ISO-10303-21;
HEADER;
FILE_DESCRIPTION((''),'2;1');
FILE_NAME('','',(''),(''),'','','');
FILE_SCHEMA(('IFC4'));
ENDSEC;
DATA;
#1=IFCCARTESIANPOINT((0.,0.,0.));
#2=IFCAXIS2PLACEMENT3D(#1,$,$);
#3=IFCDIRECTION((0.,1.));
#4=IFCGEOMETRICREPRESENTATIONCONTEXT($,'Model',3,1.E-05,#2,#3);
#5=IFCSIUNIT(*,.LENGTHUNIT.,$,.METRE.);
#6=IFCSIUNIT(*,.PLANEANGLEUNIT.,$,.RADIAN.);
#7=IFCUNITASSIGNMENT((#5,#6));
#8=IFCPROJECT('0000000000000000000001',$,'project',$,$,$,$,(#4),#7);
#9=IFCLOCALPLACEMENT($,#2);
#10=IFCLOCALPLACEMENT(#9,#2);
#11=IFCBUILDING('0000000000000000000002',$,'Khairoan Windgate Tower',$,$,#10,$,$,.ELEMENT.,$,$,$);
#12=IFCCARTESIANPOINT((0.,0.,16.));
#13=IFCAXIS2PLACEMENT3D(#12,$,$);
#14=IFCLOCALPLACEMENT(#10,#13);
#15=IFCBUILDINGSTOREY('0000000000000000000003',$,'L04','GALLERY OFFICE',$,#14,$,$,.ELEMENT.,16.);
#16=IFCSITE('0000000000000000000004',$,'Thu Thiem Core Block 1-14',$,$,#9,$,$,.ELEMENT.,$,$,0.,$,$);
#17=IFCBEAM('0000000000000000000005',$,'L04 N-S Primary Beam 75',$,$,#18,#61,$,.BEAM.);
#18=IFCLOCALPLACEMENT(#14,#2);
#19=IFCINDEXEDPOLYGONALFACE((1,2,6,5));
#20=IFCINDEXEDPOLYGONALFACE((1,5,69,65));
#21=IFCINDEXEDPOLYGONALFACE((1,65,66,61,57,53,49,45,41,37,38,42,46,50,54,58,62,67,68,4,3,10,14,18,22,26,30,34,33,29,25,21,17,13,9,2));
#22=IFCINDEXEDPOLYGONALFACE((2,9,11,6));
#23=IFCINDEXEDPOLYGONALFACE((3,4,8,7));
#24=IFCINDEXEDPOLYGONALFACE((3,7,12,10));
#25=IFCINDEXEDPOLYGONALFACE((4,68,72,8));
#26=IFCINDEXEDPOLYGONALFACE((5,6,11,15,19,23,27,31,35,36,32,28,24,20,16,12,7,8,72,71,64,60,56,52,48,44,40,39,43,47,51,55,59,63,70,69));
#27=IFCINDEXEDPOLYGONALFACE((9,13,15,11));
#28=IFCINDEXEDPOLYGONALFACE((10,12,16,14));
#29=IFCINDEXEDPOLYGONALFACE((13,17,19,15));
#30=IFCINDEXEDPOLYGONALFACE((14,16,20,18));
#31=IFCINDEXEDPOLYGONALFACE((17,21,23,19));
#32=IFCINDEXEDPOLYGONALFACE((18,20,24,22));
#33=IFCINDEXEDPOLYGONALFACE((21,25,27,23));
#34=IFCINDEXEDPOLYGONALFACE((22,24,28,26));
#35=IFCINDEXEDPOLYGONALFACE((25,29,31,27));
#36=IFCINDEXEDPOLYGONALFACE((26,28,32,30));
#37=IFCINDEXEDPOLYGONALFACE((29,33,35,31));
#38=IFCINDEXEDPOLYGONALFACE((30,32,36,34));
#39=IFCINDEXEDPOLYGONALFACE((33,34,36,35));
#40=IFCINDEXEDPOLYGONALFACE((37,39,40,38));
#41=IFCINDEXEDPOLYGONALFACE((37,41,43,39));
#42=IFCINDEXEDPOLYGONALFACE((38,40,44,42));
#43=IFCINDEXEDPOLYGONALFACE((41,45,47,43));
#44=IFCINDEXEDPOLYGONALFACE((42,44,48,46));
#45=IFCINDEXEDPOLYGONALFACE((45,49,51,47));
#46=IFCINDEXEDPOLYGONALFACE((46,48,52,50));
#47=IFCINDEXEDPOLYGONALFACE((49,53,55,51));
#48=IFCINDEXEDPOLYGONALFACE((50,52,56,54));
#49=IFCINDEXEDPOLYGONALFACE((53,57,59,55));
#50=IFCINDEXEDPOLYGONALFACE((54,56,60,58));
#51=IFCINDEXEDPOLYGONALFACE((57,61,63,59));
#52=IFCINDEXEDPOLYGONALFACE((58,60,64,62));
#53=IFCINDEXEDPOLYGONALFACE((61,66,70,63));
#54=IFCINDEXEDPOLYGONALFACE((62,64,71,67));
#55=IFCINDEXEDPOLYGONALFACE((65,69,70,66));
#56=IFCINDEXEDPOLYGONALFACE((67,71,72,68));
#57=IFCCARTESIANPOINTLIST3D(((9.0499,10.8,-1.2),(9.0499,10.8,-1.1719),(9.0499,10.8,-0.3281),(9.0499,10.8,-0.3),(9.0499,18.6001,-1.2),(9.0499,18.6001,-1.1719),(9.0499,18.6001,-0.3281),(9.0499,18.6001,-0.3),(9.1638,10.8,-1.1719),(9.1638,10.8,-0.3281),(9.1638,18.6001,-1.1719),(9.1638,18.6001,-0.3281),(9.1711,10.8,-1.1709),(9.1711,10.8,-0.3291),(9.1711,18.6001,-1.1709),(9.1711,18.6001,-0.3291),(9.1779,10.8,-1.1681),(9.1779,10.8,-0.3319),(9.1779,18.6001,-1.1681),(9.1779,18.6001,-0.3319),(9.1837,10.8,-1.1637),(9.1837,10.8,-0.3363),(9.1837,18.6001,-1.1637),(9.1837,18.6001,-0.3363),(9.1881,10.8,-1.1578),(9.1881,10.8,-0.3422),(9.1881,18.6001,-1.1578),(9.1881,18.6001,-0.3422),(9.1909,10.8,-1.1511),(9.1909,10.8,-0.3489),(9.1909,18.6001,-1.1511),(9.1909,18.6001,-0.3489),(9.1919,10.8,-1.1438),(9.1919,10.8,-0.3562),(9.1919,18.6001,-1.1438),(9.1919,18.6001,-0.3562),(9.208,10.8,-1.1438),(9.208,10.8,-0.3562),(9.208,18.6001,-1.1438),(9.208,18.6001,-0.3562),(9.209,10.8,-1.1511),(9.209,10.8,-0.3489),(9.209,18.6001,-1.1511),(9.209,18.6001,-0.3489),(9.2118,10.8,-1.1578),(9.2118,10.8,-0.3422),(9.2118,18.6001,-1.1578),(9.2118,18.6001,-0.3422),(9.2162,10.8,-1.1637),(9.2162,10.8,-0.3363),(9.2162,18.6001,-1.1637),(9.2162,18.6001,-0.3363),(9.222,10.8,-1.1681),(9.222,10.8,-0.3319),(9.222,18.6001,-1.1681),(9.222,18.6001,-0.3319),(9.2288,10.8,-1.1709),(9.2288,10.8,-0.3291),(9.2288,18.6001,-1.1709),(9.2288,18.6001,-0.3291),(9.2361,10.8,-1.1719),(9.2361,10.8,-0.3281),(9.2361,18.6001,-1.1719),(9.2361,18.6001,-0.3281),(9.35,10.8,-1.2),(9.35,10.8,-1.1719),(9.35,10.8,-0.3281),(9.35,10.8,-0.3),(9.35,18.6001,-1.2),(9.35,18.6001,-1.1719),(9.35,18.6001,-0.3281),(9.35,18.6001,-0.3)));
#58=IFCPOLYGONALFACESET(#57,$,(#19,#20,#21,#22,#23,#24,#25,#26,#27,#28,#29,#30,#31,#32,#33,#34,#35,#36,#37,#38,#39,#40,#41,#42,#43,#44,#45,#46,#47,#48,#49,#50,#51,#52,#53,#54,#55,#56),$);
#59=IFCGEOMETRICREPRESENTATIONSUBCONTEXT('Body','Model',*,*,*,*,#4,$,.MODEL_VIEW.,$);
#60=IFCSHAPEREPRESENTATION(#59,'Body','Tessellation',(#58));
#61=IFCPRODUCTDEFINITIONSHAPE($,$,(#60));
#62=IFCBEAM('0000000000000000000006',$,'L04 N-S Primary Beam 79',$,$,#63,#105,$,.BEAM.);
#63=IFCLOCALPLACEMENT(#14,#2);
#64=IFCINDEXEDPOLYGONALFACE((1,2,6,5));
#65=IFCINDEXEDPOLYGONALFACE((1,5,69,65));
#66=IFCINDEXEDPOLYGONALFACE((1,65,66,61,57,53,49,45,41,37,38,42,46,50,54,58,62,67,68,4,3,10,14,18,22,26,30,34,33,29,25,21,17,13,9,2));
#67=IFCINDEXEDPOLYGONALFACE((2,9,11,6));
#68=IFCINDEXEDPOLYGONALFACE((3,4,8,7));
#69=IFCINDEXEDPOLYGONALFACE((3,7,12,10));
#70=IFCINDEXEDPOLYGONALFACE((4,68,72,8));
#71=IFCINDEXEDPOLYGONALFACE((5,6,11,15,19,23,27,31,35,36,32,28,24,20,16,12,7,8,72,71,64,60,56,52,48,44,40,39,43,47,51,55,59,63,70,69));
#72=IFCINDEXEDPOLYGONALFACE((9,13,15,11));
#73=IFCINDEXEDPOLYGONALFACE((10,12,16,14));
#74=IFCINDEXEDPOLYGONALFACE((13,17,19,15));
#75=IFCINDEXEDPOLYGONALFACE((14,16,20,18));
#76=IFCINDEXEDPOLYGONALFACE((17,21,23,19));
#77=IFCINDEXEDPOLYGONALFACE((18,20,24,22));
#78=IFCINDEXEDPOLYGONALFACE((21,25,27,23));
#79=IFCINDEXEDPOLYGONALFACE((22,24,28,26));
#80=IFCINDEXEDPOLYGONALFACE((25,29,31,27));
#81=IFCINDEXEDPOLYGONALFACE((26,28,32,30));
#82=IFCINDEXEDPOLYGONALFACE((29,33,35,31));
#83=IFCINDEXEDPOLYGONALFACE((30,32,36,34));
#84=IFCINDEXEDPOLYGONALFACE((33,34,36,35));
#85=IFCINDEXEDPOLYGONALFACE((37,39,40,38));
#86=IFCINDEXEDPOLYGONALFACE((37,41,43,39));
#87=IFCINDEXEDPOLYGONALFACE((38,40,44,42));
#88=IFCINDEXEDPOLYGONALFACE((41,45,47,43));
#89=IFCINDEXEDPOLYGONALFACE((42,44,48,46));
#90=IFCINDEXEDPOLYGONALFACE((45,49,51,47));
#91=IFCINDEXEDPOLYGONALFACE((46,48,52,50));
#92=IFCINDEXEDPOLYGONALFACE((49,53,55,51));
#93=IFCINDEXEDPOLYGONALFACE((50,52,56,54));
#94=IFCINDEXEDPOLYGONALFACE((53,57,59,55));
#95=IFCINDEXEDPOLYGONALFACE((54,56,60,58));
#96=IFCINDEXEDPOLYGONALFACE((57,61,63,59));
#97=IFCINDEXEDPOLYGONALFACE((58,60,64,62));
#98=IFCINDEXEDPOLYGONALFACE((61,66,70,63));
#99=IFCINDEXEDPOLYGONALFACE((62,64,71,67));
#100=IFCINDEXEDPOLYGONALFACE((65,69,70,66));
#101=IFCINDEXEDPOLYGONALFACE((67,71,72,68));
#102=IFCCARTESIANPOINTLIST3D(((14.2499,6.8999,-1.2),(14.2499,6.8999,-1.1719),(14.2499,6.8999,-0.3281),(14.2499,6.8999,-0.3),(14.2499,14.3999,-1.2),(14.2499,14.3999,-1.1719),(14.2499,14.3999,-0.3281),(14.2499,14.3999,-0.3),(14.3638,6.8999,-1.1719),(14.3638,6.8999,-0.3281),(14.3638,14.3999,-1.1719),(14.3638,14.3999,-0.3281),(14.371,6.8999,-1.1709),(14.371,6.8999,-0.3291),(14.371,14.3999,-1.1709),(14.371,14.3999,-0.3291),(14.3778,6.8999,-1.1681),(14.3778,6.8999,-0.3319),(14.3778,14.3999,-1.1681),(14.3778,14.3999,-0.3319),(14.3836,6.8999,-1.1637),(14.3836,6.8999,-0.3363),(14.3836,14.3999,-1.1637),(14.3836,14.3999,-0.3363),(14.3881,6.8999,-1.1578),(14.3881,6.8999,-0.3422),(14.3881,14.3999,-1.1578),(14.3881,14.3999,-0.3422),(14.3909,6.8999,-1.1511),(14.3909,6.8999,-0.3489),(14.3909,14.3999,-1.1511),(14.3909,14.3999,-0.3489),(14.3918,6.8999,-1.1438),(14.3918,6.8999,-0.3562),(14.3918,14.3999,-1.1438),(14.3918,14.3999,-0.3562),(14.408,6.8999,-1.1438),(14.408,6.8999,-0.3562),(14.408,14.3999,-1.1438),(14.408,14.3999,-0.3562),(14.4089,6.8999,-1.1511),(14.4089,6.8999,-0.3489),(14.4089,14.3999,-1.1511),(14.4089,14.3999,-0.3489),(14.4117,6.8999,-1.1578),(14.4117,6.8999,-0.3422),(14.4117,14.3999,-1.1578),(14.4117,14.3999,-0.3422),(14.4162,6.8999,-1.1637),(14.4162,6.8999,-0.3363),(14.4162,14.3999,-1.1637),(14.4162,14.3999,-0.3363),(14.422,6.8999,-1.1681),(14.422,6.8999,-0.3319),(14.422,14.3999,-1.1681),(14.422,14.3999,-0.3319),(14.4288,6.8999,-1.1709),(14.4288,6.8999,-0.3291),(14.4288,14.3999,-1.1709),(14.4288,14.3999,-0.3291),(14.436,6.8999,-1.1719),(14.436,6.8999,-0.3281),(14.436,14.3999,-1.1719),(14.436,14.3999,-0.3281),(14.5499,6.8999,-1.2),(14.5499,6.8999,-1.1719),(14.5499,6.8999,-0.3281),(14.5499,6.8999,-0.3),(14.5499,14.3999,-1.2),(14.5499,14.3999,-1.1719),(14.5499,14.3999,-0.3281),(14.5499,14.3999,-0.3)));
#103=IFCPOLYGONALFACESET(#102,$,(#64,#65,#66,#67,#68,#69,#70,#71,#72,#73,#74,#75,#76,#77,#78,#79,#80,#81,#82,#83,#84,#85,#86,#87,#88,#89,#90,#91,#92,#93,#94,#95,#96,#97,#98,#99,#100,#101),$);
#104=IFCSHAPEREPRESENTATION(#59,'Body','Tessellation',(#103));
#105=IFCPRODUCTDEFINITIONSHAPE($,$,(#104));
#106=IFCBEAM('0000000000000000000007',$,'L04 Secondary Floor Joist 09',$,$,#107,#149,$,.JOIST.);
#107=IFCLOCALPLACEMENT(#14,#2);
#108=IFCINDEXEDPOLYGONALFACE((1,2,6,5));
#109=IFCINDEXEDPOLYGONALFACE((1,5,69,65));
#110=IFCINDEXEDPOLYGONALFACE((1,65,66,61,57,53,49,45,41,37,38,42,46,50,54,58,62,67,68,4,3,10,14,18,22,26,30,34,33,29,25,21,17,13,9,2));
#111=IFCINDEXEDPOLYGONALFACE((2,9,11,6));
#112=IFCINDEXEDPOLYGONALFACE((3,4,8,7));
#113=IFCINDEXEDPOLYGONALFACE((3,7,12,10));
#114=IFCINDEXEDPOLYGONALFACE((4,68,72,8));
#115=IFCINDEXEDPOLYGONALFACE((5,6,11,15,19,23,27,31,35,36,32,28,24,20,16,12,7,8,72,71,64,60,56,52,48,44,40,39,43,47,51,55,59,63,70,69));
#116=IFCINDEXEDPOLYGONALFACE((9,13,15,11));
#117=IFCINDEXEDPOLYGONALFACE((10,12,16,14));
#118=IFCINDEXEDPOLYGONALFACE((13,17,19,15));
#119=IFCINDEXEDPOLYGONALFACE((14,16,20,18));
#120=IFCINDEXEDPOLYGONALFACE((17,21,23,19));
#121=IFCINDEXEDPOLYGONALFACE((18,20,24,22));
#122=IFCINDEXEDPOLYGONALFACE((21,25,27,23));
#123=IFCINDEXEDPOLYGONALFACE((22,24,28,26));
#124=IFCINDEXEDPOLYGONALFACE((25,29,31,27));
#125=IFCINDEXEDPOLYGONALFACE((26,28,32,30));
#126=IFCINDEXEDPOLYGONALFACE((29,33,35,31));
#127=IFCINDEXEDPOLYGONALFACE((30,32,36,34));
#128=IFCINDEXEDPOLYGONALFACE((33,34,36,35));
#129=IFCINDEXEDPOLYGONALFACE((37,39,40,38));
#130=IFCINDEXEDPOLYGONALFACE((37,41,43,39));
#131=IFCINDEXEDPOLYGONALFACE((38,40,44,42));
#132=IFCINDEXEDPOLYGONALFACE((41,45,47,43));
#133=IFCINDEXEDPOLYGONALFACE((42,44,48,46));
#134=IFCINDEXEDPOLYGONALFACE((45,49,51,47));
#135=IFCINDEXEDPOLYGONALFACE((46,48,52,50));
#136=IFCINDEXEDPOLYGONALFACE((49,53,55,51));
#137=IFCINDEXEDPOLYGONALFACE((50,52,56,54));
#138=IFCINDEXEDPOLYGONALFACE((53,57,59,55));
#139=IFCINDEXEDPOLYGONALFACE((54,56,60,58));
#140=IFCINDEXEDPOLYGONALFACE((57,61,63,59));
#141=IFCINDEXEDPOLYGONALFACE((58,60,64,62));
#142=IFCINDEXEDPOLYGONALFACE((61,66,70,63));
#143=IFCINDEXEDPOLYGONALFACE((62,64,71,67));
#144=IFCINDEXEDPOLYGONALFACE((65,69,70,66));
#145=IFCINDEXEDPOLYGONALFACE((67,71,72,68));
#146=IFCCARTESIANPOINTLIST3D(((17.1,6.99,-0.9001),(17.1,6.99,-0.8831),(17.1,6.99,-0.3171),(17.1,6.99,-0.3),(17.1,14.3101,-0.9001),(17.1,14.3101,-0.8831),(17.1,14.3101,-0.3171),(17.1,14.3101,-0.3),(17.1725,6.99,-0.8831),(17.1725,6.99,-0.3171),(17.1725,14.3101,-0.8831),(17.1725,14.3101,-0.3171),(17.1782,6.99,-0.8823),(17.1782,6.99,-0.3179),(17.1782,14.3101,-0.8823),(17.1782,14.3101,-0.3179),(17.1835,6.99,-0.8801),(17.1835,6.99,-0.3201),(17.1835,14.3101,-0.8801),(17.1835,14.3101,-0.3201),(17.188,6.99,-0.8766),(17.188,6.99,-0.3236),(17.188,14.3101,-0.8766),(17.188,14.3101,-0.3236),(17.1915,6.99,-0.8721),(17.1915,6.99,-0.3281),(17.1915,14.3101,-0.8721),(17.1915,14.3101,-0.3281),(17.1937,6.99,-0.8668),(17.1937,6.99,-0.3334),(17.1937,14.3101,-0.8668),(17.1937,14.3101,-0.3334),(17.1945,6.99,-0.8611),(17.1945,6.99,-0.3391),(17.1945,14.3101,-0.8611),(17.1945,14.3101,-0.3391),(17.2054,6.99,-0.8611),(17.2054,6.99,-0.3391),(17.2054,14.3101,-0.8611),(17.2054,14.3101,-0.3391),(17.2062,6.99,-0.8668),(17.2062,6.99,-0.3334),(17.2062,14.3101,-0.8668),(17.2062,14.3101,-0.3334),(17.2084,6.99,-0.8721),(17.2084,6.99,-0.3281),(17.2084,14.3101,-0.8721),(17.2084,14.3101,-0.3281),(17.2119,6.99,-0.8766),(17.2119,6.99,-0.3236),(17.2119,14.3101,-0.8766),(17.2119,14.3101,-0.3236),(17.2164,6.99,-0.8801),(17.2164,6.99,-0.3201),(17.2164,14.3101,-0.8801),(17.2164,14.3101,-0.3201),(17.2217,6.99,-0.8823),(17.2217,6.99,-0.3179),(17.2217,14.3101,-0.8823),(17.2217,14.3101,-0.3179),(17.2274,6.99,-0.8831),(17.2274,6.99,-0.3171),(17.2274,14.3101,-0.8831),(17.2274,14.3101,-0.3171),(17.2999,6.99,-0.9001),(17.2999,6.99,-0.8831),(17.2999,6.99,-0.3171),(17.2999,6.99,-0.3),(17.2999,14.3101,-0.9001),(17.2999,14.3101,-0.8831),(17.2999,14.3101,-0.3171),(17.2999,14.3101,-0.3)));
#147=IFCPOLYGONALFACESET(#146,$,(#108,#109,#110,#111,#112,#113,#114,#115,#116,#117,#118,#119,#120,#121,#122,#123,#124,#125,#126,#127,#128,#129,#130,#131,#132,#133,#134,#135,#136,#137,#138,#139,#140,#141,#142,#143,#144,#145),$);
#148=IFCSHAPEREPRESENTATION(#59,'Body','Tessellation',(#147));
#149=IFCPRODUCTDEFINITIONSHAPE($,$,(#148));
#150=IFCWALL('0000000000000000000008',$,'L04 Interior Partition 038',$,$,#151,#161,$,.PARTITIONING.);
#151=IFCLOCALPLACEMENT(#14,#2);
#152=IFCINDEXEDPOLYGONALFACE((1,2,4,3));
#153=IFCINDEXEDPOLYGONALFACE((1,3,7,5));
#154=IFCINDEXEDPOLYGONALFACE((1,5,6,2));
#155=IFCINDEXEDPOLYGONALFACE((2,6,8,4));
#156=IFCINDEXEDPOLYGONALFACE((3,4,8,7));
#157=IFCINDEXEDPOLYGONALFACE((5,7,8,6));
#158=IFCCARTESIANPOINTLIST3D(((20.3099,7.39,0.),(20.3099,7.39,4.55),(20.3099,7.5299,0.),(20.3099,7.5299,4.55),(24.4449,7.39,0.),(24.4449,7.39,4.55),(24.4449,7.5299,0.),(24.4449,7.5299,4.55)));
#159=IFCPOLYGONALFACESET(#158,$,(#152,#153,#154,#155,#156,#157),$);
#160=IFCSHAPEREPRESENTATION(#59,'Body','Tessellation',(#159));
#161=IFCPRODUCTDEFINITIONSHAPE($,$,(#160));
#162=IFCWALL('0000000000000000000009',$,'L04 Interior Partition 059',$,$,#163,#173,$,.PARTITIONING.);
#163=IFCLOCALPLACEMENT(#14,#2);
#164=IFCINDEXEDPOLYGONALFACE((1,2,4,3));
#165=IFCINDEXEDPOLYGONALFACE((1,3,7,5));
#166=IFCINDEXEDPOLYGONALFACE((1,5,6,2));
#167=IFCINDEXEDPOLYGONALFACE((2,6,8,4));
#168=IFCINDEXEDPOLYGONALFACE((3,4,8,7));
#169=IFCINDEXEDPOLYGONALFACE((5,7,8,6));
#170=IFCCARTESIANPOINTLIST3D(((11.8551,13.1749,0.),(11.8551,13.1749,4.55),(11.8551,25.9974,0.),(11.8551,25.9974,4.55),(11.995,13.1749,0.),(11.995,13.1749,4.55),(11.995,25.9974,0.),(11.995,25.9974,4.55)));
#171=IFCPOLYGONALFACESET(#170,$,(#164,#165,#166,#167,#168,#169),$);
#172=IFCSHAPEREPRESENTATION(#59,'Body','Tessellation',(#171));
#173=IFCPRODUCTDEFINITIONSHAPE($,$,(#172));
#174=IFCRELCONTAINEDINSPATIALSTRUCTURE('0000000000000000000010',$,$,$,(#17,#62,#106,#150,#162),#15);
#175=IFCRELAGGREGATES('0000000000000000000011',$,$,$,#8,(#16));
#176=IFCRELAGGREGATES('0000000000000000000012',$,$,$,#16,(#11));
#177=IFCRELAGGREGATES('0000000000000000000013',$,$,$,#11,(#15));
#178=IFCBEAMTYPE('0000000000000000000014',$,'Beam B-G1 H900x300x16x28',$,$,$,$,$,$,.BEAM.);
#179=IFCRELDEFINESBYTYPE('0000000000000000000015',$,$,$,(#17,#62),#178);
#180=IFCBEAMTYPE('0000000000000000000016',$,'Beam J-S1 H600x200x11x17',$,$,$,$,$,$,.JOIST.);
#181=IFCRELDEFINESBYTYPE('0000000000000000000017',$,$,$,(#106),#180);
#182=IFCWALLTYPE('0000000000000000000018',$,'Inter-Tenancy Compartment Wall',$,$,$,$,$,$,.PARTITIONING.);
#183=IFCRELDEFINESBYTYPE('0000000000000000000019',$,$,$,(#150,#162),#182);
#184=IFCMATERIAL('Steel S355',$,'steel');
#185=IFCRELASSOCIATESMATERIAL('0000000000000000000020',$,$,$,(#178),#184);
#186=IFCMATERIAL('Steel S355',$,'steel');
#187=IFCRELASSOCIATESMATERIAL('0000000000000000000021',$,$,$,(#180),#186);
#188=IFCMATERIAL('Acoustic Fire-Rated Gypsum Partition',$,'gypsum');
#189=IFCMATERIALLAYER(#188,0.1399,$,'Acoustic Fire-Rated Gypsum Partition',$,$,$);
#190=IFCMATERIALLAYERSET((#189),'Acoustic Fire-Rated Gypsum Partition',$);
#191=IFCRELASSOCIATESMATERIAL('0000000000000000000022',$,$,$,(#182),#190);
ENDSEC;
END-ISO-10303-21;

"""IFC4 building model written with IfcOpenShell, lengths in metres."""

from ifc_helpers import new_model, si_unit, direction, frame, frame_2d, origin, origin_2d, place, context, subcontext, project, spatial, rectangle, i_section, extrude, material, layer, layer_set, material_profile, profile_set, type_object, element, save


model = new_model("IFC4")

# Units and contexts
model_context = context("Model", 3, precision=1e-05, world=origin(), true_north=direction((0.0, 1.0)))
body_context = subcontext(model_context, "Body", "Model", "MODEL_VIEW")
ifc_project = project(units=[si_unit("LENGTHUNIT", "METRE"), si_unit("PLANEANGLEUNIT", "RADIAN")], contexts=[model_context])

# Site, building, storey
site_placement = place(None, origin())
site = spatial("IfcSite", under=ifc_project, at=site_placement, Name="Thu Thiem Core Block 1-14", CompositionType="ELEMENT", RefElevation=0.0)
building_placement = place(site_placement, origin())
building = spatial("IfcBuilding", under=site, at=building_placement, Name="Khairoan Windgate Tower", CompositionType="ELEMENT")
storey_placement = place(building_placement, frame((0.0, 0.0, 16.0)))
storey = spatial("IfcBuildingStorey", under=building, at=storey_placement, Name="L04", Description="GALLERY OFFICE", CompositionType="ELEMENT", Elevation=16.0)

# Beams
ifc_material_1 = material(Name="Steel S355", Category="steel")
ifc_material_profile_1 = material_profile(ifc_material_1, i_section(OverallWidth=0.3, OverallDepth=0.8999, WebThickness=0.0161, FlangeThickness=0.0281, FilletRadius=0.0281, at=origin_2d()))
ifc_profile_set_1 = profile_set([ifc_material_profile_1], Name="Steel S355")
beam_type_1 = type_object("IfcBeamType", Name="Beam B-G1 H900x300x16x28", PredefinedType="BEAM", material=ifc_profile_set_1)
beam_1_placement = place(storey_placement, frame((9.2, 10.8, -0.75), z_axis=(0.0, 1.0, 0.0), x_axis=(-1.0, 0.0, 0.0)))
element("IfcBeam", 1, at=beam_1_placement, inside=storey, type_object=beam_type_1, Name="L04 N-S Primary Beam 75", PredefinedType="BEAM", context=body_context, shape_type="SweptSolid", body=[
    extrude(i_section(OverallWidth=0.3, OverallDepth=0.8999, WebThickness=0.0161, FlangeThickness=0.0281, FilletRadius=0.0281, at=origin_2d()), origin(), (0.0, 0.0, 1.0), 7.8),
])
beam_2_placement = place(storey_placement, frame((14.3999, 6.8999, -0.75), z_axis=(0.0, 1.0, 0.0), x_axis=(-1.0, 0.0, 0.0)))
element("IfcBeam", 2, at=beam_2_placement, inside=storey, type_object=beam_type_1, Name="L04 N-S Primary Beam 79", PredefinedType="BEAM", context=body_context, shape_type="SweptSolid", body=[
    extrude(i_section(OverallWidth=0.3, OverallDepth=0.8999, WebThickness=0.0161, FlangeThickness=0.0281, FilletRadius=0.0281, at=origin_2d()), origin(), (0.0, 0.0, 1.0), 7.5),
])
ifc_material_2 = material(Name="Steel S355", Category="steel")
ifc_material_profile_2 = material_profile(ifc_material_2, i_section(OverallWidth=0.2, OverallDepth=0.6001, WebThickness=0.011, FlangeThickness=0.0171, FilletRadius=0.022, at=origin_2d()))
ifc_profile_set_2 = profile_set([ifc_material_profile_2], Name="Steel S355")
beam_type_2 = type_object("IfcBeamType", Name="Beam J-S1 H600x200x11x17", PredefinedType="JOIST", material=ifc_profile_set_2)
beam_3_placement = place(storey_placement, frame((17.2, 6.99, -0.6001), z_axis=(0.0, 1.0, 0.0), x_axis=(-1.0, 0.0, 0.0)))
element("IfcBeam", 3, at=beam_3_placement, inside=storey, type_object=beam_type_2, Name="L04 Secondary Floor Joist 09", PredefinedType="JOIST", context=body_context, shape_type="SweptSolid", body=[
    extrude(i_section(OverallWidth=0.2, OverallDepth=0.6001, WebThickness=0.011, FlangeThickness=0.0171, FilletRadius=0.022, at=origin_2d()), origin(), (0.0, 0.0, 1.0), 7.3201),
])

# Walls
ifc_material_3 = material(Name="Acoustic Fire-Rated Gypsum Partition", Category="gypsum")
ifc_layer_1 = layer(ifc_material_3, 0.1399, Name="Acoustic Fire-Rated Gypsum Partition")
ifc_layer_set_1 = layer_set([ifc_layer_1], Name="Acoustic Fire-Rated Gypsum Partition")
wall_type_1 = type_object("IfcWallType", Name="Inter-Tenancy Compartment Wall", PredefinedType="PARTITIONING", material=ifc_layer_set_1)
wall_1_placement = place(storey_placement, frame((20.3101, 7.46, 0.0), z_axis=(0.0, 0.0, 1.0), x_axis=(1.0, 0.0, 0.0)))
element("IfcWall", 4, at=wall_1_placement, inside=storey, type_object=wall_type_1, Name="L04 Interior Partition 038", PredefinedType="PARTITIONING", context=body_context, shape_type="SweptSolid", body=[
    extrude(rectangle(XDim=4.135, YDim=0.1399, at=frame_2d((2.0674, 0.0))), origin(), (0.0, 0.0, 1.0), 4.55),
])
wall_2_placement = place(storey_placement, frame((11.925, 13.175, 0.0), z_axis=(0.0, 0.0, 1.0), x_axis=(0.0, 1.0, 0.0)))
element("IfcWall", 5, at=wall_2_placement, inside=storey, type_object=wall_type_1, Name="L04 Interior Partition 059", PredefinedType="PARTITIONING", context=body_context, shape_type="SweptSolid", body=[
    extrude(rectangle(XDim=12.8225, YDim=0.1399, at=frame_2d((6.4111, 0.0))), origin(), (0.0, 0.0, 1.0), 4.55),
])

save(model, "model.ifc")
